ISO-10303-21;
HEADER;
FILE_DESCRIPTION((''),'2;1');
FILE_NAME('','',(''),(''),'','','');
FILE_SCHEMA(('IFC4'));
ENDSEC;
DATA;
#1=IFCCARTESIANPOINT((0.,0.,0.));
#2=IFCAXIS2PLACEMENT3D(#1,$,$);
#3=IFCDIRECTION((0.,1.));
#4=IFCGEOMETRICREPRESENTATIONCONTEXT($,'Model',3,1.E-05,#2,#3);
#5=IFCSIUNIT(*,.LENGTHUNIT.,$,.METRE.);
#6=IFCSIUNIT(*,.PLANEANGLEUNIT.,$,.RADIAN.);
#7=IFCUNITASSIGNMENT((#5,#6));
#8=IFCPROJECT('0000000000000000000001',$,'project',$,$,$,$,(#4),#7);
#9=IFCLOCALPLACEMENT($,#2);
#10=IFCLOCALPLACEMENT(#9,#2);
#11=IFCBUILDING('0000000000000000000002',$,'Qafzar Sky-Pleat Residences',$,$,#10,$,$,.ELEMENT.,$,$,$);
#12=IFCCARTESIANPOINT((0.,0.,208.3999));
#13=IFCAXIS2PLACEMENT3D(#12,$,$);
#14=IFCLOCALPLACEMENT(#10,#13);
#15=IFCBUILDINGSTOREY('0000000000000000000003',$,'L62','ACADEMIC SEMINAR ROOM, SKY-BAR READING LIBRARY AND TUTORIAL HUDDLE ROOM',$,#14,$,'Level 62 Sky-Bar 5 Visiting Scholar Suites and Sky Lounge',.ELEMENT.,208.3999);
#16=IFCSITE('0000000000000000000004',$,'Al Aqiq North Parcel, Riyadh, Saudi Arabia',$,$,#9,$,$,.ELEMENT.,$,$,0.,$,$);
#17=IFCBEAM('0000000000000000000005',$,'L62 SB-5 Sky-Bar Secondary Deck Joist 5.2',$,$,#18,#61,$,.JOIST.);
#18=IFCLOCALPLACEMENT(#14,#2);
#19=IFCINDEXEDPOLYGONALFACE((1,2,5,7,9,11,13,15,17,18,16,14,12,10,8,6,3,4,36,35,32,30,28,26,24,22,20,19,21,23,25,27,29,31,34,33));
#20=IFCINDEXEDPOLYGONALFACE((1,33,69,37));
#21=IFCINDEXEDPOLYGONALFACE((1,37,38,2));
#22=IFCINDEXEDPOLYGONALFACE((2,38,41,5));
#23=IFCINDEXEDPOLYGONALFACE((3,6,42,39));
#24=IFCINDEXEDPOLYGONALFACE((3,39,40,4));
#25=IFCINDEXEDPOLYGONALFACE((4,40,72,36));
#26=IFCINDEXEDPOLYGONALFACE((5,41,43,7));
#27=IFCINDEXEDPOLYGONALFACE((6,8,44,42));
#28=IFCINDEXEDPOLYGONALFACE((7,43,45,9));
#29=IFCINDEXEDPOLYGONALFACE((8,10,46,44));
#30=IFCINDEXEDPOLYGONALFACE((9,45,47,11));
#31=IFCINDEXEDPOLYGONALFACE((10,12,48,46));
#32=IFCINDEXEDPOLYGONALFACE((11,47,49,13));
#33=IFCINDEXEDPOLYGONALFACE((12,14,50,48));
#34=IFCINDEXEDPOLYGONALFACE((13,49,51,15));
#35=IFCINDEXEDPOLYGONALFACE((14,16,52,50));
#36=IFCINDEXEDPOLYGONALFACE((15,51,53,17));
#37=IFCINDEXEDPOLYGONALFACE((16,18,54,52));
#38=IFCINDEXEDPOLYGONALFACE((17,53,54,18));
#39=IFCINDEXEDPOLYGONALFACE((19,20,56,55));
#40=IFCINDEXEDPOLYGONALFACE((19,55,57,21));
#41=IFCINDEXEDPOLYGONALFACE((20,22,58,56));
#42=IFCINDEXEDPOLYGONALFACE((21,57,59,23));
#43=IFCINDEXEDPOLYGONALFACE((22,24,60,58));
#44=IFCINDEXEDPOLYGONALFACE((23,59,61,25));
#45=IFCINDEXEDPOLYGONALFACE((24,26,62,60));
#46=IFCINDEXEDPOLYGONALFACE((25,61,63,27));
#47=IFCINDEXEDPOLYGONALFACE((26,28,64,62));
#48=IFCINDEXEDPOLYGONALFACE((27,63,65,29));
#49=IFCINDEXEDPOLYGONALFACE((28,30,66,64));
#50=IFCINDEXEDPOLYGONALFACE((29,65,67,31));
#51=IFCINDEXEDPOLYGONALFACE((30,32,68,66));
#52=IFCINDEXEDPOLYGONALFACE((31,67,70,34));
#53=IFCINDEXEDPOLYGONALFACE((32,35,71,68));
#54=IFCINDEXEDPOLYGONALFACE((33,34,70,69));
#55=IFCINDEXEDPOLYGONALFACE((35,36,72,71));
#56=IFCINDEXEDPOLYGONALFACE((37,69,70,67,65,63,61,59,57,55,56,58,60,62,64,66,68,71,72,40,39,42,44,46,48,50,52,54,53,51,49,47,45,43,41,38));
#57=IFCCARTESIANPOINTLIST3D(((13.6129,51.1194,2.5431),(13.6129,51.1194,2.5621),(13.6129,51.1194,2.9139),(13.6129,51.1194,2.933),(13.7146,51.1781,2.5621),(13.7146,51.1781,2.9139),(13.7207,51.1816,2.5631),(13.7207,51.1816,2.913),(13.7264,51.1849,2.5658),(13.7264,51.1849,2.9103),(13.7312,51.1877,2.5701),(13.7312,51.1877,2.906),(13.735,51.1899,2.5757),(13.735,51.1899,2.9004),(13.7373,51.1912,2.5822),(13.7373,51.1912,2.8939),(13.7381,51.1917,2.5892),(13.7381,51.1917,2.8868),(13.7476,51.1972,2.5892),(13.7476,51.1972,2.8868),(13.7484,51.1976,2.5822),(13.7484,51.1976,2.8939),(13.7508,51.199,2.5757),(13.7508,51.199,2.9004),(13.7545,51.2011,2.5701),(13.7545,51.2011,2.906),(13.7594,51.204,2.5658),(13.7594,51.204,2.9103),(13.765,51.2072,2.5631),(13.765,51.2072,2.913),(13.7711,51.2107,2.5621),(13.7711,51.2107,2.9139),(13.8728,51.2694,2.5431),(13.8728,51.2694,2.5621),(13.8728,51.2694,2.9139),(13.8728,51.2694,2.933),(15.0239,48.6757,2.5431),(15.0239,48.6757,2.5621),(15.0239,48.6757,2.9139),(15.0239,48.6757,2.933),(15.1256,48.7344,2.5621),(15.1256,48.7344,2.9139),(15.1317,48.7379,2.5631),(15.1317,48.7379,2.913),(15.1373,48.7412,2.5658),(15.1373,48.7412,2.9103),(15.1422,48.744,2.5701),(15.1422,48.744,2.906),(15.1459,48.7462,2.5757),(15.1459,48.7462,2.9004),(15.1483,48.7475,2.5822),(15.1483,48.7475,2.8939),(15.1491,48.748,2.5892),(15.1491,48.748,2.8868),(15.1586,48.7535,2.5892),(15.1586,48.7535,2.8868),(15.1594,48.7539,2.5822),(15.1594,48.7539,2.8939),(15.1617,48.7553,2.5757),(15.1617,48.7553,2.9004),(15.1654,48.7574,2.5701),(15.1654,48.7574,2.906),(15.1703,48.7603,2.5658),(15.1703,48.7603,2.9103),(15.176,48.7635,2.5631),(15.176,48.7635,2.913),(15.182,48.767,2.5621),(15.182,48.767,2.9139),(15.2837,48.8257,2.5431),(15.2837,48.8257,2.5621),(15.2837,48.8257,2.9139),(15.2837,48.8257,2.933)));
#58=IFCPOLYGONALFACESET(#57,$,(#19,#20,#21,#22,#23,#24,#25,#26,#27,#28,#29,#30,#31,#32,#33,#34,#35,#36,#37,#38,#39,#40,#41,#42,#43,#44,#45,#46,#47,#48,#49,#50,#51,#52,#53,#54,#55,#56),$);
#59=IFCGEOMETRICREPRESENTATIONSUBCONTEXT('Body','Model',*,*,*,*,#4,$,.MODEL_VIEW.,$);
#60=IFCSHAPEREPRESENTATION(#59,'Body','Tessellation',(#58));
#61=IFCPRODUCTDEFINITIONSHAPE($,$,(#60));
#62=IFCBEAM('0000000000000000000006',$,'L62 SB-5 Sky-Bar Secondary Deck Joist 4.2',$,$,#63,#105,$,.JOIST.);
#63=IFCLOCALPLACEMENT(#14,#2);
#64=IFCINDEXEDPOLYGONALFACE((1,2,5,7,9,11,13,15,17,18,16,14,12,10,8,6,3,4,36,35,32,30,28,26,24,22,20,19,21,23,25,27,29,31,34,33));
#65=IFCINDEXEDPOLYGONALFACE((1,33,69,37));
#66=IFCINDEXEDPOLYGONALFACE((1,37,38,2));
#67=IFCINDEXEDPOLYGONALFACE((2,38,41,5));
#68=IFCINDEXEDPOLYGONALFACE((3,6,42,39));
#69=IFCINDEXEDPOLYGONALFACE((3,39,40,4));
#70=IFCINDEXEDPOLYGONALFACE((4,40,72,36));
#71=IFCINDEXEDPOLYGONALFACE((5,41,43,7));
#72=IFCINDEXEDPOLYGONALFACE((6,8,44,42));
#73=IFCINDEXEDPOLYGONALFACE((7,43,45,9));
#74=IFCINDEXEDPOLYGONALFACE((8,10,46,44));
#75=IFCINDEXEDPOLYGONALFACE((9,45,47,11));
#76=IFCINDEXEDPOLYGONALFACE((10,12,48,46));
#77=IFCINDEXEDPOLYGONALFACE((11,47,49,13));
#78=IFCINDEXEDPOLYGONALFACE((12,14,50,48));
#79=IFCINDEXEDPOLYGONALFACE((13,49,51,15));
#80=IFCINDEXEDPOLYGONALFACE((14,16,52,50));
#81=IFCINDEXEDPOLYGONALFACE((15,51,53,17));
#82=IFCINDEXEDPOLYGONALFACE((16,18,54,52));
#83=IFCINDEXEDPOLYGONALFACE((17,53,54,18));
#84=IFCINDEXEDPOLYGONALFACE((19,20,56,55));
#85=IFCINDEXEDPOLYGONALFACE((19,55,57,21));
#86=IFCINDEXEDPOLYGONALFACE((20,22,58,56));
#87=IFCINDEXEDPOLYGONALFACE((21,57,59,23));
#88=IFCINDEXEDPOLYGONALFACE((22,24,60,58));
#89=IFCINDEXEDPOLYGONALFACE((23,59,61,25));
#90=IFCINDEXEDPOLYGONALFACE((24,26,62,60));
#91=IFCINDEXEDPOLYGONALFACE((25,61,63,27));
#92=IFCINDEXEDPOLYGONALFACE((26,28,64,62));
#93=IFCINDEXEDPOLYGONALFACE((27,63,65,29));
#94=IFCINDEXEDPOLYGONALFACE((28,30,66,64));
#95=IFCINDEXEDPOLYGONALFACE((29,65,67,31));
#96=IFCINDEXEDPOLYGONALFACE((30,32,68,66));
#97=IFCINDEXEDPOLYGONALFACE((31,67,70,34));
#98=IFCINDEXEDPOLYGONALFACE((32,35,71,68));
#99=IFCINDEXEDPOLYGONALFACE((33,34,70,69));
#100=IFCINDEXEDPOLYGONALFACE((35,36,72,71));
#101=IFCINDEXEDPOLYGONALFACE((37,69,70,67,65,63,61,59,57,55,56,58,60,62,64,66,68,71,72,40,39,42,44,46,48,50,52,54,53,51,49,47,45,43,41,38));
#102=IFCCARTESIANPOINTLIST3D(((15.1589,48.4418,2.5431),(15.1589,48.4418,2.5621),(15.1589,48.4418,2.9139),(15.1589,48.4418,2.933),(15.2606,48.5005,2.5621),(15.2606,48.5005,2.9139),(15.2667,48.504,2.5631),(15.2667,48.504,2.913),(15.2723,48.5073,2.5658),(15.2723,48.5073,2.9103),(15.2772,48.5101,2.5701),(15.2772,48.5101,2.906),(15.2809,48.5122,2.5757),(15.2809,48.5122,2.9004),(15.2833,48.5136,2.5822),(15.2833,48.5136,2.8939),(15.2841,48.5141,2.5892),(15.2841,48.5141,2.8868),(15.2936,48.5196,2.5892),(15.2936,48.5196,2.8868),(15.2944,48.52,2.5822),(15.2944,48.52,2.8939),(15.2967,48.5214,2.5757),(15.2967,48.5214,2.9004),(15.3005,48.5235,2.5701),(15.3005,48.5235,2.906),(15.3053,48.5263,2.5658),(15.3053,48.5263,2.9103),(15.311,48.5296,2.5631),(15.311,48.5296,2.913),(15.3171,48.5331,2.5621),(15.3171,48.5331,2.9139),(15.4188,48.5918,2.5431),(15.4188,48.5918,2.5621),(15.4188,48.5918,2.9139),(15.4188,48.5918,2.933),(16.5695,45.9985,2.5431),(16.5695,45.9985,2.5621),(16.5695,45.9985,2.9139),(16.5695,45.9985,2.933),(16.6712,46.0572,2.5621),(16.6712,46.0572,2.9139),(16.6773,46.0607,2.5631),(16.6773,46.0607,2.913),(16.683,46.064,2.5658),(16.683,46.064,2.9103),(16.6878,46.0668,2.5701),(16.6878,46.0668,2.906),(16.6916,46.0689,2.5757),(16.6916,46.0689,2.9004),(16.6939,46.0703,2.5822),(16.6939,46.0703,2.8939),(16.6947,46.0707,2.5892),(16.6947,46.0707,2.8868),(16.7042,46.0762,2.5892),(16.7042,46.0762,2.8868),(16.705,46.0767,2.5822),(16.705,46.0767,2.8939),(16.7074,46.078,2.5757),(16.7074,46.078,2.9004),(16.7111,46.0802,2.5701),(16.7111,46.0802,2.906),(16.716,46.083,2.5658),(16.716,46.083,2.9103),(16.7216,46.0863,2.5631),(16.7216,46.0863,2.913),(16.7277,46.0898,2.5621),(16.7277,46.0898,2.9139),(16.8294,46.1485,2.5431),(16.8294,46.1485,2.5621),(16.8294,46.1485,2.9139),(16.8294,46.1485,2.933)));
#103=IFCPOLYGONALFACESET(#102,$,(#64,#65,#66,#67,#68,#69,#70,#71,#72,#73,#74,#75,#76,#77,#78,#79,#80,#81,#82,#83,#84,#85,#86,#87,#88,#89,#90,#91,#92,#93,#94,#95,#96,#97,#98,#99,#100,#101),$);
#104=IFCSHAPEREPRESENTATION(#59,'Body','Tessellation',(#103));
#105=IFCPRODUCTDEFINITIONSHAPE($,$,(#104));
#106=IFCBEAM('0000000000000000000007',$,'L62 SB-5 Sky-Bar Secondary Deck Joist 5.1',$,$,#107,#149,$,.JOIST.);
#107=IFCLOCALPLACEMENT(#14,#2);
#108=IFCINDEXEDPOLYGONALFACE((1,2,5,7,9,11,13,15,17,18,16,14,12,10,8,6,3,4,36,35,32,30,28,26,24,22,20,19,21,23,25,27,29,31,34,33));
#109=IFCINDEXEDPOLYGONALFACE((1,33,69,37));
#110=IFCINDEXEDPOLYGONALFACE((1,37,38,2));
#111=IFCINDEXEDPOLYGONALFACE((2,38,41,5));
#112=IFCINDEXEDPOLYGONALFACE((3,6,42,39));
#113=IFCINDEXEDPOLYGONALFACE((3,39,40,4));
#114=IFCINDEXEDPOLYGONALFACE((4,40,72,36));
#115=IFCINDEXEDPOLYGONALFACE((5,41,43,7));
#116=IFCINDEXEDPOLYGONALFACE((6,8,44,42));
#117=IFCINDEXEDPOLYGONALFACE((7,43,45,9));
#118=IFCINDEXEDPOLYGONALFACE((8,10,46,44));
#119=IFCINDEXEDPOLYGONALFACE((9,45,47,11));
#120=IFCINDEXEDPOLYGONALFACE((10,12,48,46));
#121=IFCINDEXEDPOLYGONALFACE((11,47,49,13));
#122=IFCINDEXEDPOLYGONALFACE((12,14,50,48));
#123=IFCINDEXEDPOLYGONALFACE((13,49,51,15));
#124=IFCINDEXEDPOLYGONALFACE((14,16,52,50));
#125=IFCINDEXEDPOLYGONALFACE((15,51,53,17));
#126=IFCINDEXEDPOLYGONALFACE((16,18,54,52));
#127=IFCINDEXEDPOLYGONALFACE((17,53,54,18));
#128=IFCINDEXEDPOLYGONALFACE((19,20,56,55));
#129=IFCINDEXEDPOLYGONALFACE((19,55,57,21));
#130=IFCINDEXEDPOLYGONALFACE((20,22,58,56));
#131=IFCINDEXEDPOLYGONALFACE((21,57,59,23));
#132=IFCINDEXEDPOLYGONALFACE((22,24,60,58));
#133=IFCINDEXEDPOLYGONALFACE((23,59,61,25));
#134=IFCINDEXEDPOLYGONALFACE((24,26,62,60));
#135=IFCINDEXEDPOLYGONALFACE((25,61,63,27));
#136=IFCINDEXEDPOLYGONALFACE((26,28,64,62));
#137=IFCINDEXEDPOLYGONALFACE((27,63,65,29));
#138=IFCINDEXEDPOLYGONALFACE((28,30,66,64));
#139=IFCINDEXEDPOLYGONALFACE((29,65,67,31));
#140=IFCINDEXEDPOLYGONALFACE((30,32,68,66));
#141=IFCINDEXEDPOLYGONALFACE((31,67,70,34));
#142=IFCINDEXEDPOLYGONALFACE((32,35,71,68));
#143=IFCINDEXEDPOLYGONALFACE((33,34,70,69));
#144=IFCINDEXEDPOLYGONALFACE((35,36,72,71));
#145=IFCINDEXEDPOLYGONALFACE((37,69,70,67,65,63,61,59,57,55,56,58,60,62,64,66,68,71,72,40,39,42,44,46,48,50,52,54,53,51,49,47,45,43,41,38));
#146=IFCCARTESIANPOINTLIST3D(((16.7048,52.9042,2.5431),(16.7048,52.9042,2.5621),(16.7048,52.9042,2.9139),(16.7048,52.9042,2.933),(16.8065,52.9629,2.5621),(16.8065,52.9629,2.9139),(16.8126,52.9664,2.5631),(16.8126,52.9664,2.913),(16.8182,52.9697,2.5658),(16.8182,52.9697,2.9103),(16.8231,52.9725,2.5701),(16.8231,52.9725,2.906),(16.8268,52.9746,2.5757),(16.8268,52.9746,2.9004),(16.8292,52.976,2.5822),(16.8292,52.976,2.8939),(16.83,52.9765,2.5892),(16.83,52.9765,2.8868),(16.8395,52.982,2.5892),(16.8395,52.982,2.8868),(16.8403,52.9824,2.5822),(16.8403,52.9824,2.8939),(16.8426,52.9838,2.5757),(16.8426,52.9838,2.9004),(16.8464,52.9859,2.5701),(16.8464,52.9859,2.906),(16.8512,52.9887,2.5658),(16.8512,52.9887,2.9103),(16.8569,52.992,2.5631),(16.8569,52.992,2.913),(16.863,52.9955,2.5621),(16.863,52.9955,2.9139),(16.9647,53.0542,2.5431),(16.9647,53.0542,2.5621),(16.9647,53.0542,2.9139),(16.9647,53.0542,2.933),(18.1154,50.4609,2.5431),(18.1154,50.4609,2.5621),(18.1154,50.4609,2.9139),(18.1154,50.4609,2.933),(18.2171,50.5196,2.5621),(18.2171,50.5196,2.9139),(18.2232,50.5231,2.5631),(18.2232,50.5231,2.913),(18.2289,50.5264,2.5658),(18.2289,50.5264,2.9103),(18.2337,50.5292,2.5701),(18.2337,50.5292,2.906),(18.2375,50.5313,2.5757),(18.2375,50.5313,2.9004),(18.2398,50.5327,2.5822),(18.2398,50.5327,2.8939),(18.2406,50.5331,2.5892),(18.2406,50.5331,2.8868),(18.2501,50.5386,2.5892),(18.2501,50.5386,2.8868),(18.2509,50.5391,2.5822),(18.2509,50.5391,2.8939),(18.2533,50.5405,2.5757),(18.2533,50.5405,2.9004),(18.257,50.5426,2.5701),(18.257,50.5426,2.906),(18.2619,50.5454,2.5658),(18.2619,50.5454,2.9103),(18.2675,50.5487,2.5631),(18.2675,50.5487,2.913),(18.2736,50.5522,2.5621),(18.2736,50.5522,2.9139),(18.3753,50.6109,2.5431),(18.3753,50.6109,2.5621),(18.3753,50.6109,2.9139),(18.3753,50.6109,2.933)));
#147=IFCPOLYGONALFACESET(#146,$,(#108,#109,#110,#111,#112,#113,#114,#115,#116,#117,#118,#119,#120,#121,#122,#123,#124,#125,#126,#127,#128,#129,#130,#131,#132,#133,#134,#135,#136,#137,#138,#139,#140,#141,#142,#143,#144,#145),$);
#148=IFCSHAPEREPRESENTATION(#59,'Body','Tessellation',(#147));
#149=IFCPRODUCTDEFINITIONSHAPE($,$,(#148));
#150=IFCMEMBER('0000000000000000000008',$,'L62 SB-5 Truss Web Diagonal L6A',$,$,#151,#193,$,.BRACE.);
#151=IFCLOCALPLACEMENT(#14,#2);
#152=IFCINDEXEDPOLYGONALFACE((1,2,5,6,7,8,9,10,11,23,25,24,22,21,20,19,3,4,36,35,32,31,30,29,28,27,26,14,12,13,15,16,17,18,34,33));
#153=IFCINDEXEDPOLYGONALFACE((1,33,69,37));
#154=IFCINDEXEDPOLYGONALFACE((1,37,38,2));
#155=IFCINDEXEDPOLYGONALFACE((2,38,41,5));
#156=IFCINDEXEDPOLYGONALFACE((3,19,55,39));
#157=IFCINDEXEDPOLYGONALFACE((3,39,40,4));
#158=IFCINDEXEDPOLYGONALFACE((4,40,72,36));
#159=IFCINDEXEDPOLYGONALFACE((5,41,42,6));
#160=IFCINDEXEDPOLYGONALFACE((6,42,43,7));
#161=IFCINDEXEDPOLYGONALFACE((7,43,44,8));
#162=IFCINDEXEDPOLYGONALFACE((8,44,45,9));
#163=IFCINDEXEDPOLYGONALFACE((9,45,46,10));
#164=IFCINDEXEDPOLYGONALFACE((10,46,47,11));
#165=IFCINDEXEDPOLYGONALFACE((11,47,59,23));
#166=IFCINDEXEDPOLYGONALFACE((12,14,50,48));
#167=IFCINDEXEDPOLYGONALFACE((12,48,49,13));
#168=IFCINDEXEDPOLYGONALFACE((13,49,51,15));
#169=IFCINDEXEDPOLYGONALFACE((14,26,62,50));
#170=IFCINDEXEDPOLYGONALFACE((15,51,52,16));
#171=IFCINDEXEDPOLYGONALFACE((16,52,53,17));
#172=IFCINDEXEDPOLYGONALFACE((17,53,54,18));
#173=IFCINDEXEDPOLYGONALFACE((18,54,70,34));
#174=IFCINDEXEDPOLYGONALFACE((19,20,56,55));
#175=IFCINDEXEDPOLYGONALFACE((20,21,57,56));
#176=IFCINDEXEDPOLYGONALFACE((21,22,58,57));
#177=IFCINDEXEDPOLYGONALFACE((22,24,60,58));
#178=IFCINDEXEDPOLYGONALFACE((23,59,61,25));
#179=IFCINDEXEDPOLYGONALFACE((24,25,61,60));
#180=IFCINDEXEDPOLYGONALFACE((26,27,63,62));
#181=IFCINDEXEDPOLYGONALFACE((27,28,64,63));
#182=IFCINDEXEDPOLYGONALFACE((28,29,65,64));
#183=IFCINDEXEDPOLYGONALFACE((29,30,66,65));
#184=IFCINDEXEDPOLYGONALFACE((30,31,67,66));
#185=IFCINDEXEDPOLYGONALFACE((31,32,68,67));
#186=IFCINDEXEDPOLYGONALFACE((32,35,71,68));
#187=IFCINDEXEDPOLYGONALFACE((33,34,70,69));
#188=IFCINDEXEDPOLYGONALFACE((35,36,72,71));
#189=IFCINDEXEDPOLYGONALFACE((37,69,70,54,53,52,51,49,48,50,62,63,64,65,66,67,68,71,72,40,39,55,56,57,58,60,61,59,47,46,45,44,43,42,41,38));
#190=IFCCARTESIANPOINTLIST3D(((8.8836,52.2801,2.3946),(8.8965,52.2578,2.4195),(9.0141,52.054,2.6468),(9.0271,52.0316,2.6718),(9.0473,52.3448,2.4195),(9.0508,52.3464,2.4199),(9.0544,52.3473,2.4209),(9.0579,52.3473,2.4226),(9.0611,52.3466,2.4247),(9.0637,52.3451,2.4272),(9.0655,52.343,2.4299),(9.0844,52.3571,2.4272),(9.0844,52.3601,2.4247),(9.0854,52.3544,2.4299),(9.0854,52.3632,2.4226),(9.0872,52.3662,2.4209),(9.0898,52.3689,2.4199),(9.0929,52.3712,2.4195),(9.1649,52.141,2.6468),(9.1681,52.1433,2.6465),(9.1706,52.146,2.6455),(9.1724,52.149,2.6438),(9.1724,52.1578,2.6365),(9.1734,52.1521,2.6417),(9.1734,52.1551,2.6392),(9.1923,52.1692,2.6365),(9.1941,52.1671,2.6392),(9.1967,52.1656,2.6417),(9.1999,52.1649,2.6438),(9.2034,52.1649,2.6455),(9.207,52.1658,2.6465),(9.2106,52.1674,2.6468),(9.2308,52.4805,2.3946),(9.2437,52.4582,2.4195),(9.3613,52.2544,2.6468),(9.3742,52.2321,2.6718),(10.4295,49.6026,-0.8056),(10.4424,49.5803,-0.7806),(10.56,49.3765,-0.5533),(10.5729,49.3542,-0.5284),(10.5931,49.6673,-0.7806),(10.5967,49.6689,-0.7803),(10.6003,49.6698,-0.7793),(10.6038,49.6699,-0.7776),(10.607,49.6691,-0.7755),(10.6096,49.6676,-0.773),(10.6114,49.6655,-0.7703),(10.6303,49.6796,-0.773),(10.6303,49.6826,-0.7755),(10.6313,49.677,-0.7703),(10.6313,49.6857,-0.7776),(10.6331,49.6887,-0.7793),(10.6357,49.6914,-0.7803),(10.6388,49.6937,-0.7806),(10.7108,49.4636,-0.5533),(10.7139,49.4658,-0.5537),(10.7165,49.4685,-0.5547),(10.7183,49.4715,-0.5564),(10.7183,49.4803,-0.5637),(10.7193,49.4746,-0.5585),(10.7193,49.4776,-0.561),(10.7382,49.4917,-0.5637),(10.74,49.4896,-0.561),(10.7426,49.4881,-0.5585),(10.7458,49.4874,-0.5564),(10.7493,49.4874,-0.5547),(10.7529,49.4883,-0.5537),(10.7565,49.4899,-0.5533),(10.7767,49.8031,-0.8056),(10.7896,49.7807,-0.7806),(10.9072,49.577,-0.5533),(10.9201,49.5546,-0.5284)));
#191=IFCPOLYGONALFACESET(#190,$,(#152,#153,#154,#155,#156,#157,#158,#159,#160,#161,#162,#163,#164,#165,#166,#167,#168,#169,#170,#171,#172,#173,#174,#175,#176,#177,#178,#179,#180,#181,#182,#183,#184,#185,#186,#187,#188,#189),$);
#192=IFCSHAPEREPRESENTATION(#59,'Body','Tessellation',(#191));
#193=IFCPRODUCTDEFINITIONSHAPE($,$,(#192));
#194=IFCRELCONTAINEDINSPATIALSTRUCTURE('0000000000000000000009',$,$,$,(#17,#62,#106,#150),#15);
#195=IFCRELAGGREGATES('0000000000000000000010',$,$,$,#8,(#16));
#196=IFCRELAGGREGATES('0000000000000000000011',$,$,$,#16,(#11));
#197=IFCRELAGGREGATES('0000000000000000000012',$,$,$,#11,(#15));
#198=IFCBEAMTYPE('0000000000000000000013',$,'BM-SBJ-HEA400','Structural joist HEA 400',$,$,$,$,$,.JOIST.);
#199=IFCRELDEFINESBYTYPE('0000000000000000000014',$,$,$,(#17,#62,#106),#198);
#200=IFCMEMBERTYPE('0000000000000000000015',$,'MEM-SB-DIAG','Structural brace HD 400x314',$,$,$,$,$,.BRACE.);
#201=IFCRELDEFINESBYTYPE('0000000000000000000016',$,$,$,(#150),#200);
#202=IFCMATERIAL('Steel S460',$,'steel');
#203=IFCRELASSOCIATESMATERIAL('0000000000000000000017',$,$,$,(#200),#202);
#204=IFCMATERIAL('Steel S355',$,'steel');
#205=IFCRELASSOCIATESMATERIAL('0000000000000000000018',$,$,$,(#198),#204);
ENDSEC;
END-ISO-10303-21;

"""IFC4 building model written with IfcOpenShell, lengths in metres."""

from ifc_helpers import new_model, si_unit, direction, frame, origin, origin_2d, place, context, subcontext, project, spatial, i_section, extrude, source, transform, mapped, material, material_profile, profile_set, type_object, element, save


model = new_model("IFC4")

# Units and contexts
model_context = context("Model", 3, precision=1e-05, world=origin(), true_north=direction((0.0, 1.0)))
body_context = subcontext(model_context, "Body", "Model", "MODEL_VIEW")
ifc_project = project(units=[si_unit("LENGTHUNIT", "METRE"), si_unit("PLANEANGLEUNIT", "RADIAN")], contexts=[model_context])

# Site, building, storey
site_placement = place(None, origin())
site = spatial("IfcSite", under=ifc_project, at=site_placement, Name="Al Aqiq North Parcel, Riyadh, Saudi Arabia", CompositionType="ELEMENT", RefElevation=0.0)
building_placement = place(site_placement, origin())
building = spatial("IfcBuilding", under=site, at=building_placement, Name="Qafzar Sky-Pleat Residences", CompositionType="ELEMENT")
storey_placement = place(building_placement, frame((0.0, 0.0, 208.3999)))
storey = spatial("IfcBuildingStorey", under=building, at=storey_placement, Name="L62", Description="ACADEMIC SEMINAR ROOM, SKY-BAR READING LIBRARY AND TUTORIAL HUDDLE ROOM", LongName="Level 62 Sky-Bar 5 Visiting Scholar Suites and Sky Lounge", CompositionType="ELEMENT", Elevation=208.3999)

# Shared definitions
ifc_material_1 = material(Name="Steel S460", Category="steel")
ifc_material_profile_1 = material_profile(ifc_material_1, i_section(OverallWidth=0.4009, OverallDepth=0.3989, WebThickness=0.0229, FlangeThickness=0.0359, FilletRadius=0.0149, at=origin_2d()), Name="HD 400x314")
ifc_profile_set_1 = profile_set([ifc_material_profile_1], Name="Steel S460")
member_type_1 = type_object("IfcMemberType", Name="MEM-SB-DIAG", Description="Structural brace HD 400x314", PredefinedType="BRACE", material=ifc_profile_set_1)

# Beams
ifc_material_2 = material(Name="Steel S355", Category="steel")
ifc_material_profile_2 = material_profile(ifc_material_2, i_section(OverallWidth=0.3, OverallDepth=0.3899, WebThickness=0.011, FlangeThickness=0.019, FilletRadius=0.0271, at=origin_2d()), Name="HEA 400")
ifc_profile_set_2 = profile_set([ifc_material_profile_2], Name="Steel S355")
beam_type_1 = type_object("IfcBeamType", Name="BM-SBJ-HEA400", Description="Structural joist HEA 400", PredefinedType="JOIST", material=ifc_profile_set_2)
shared_shape_1 = source(origin(), body_context, "Body", "SweptSolid", [
    extrude(i_section(OverallWidth=0.3, OverallDepth=0.3899, WebThickness=0.011, FlangeThickness=0.019, FilletRadius=0.0271, at=origin_2d()), origin(), (0.0, 0.0, 1.0), 2.8218),
])
for number, where, z_axis, x_axis, name in (
    (1, (15.1538, 48.7507, 2.738), (-0.50002, 0.866014, 0.0), (-0.866014, -0.50002, 0.0), "L62 SB-5 Sky-Bar Secondary Deck Joist 5.2"),
):
    element("IfcBeam", number, at=place(storey_placement, frame(where, z_axis=z_axis, x_axis=x_axis)), inside=storey, type_object=beam_type_1, Name=name, PredefinedType="JOIST", context=body_context, shape_type="MappedRepresentation", body=[
        mapped(shared_shape_1, transform((0.0, 0.0, 0.0), x_axis=(1.0, 0.0, 0.0), y_axis=(0.0, 1.0, 0.0), z_axis=(0.0, 0.0, 1.0), scale=1.0)),
    ])
shared_shape_2 = source(origin(), body_context, "Body", "SweptSolid", [
    extrude(i_section(OverallWidth=0.3, OverallDepth=0.3899, WebThickness=0.011, FlangeThickness=0.019, FilletRadius=0.0271, at=origin_2d()), origin(), (0.0, 0.0, 1.0), 2.8213),
])
for number, where, z_axis, x_axis, name in (
    (2, (16.6995, 46.0735, 2.738), (-0.499992, 0.86603, 0.0), (-0.86603, -0.499992, 0.0), "L62 SB-5 Sky-Bar Secondary Deck Joist 4.2"),
    (3, (18.2454, 50.5359, 2.738), (-0.499992, 0.86603, 0.0), (-0.86603, -0.499992, 0.0), "L62 SB-5 Sky-Bar Secondary Deck Joist 5.1"),
):
    element("IfcBeam", number, at=place(storey_placement, frame(where, z_axis=z_axis, x_axis=x_axis)), inside=storey, type_object=beam_type_1, Name=name, PredefinedType="JOIST", context=body_context, shape_type="MappedRepresentation", body=[
        mapped(shared_shape_2, transform((0.0, 0.0, 0.0), x_axis=(1.0, 0.0, 0.0), y_axis=(0.0, 1.0, 0.0), z_axis=(0.0, 0.0, 1.0), scale=1.0)),
    ])

# Member
shared_shape_3 = source(origin(), body_context, "Body", "SweptSolid", [
    extrude(i_section(OverallWidth=0.4009, OverallDepth=0.3989, WebThickness=0.0229, FlangeThickness=0.0359, FilletRadius=0.0149, at=origin_2d()), origin(), (0.0, 0.0, 1.0), 4.4497),
])
for number, where, z_axis, x_axis, name in (
    (4, (10.6748, 49.5786, -0.667), (-0.347415, 0.601721, 0.71919), (-0.866019, -0.500012, 0.0), "L62 SB-5 Truss Web Diagonal L6A"),
):
    element("IfcMember", number, at=place(storey_placement, frame(where, z_axis=z_axis, x_axis=x_axis)), inside=storey, type_object=member_type_1, Name=name, PredefinedType="BRACE", context=body_context, shape_type="MappedRepresentation", body=[
        mapped(shared_shape_3, transform((0.0, 0.0, 0.0), x_axis=(1.0, 0.0, 0.0), y_axis=(0.0, 1.0, 0.0), z_axis=(0.0, 0.0, 1.0), scale=1.0)),
    ])

save(model, "model.ifc")
